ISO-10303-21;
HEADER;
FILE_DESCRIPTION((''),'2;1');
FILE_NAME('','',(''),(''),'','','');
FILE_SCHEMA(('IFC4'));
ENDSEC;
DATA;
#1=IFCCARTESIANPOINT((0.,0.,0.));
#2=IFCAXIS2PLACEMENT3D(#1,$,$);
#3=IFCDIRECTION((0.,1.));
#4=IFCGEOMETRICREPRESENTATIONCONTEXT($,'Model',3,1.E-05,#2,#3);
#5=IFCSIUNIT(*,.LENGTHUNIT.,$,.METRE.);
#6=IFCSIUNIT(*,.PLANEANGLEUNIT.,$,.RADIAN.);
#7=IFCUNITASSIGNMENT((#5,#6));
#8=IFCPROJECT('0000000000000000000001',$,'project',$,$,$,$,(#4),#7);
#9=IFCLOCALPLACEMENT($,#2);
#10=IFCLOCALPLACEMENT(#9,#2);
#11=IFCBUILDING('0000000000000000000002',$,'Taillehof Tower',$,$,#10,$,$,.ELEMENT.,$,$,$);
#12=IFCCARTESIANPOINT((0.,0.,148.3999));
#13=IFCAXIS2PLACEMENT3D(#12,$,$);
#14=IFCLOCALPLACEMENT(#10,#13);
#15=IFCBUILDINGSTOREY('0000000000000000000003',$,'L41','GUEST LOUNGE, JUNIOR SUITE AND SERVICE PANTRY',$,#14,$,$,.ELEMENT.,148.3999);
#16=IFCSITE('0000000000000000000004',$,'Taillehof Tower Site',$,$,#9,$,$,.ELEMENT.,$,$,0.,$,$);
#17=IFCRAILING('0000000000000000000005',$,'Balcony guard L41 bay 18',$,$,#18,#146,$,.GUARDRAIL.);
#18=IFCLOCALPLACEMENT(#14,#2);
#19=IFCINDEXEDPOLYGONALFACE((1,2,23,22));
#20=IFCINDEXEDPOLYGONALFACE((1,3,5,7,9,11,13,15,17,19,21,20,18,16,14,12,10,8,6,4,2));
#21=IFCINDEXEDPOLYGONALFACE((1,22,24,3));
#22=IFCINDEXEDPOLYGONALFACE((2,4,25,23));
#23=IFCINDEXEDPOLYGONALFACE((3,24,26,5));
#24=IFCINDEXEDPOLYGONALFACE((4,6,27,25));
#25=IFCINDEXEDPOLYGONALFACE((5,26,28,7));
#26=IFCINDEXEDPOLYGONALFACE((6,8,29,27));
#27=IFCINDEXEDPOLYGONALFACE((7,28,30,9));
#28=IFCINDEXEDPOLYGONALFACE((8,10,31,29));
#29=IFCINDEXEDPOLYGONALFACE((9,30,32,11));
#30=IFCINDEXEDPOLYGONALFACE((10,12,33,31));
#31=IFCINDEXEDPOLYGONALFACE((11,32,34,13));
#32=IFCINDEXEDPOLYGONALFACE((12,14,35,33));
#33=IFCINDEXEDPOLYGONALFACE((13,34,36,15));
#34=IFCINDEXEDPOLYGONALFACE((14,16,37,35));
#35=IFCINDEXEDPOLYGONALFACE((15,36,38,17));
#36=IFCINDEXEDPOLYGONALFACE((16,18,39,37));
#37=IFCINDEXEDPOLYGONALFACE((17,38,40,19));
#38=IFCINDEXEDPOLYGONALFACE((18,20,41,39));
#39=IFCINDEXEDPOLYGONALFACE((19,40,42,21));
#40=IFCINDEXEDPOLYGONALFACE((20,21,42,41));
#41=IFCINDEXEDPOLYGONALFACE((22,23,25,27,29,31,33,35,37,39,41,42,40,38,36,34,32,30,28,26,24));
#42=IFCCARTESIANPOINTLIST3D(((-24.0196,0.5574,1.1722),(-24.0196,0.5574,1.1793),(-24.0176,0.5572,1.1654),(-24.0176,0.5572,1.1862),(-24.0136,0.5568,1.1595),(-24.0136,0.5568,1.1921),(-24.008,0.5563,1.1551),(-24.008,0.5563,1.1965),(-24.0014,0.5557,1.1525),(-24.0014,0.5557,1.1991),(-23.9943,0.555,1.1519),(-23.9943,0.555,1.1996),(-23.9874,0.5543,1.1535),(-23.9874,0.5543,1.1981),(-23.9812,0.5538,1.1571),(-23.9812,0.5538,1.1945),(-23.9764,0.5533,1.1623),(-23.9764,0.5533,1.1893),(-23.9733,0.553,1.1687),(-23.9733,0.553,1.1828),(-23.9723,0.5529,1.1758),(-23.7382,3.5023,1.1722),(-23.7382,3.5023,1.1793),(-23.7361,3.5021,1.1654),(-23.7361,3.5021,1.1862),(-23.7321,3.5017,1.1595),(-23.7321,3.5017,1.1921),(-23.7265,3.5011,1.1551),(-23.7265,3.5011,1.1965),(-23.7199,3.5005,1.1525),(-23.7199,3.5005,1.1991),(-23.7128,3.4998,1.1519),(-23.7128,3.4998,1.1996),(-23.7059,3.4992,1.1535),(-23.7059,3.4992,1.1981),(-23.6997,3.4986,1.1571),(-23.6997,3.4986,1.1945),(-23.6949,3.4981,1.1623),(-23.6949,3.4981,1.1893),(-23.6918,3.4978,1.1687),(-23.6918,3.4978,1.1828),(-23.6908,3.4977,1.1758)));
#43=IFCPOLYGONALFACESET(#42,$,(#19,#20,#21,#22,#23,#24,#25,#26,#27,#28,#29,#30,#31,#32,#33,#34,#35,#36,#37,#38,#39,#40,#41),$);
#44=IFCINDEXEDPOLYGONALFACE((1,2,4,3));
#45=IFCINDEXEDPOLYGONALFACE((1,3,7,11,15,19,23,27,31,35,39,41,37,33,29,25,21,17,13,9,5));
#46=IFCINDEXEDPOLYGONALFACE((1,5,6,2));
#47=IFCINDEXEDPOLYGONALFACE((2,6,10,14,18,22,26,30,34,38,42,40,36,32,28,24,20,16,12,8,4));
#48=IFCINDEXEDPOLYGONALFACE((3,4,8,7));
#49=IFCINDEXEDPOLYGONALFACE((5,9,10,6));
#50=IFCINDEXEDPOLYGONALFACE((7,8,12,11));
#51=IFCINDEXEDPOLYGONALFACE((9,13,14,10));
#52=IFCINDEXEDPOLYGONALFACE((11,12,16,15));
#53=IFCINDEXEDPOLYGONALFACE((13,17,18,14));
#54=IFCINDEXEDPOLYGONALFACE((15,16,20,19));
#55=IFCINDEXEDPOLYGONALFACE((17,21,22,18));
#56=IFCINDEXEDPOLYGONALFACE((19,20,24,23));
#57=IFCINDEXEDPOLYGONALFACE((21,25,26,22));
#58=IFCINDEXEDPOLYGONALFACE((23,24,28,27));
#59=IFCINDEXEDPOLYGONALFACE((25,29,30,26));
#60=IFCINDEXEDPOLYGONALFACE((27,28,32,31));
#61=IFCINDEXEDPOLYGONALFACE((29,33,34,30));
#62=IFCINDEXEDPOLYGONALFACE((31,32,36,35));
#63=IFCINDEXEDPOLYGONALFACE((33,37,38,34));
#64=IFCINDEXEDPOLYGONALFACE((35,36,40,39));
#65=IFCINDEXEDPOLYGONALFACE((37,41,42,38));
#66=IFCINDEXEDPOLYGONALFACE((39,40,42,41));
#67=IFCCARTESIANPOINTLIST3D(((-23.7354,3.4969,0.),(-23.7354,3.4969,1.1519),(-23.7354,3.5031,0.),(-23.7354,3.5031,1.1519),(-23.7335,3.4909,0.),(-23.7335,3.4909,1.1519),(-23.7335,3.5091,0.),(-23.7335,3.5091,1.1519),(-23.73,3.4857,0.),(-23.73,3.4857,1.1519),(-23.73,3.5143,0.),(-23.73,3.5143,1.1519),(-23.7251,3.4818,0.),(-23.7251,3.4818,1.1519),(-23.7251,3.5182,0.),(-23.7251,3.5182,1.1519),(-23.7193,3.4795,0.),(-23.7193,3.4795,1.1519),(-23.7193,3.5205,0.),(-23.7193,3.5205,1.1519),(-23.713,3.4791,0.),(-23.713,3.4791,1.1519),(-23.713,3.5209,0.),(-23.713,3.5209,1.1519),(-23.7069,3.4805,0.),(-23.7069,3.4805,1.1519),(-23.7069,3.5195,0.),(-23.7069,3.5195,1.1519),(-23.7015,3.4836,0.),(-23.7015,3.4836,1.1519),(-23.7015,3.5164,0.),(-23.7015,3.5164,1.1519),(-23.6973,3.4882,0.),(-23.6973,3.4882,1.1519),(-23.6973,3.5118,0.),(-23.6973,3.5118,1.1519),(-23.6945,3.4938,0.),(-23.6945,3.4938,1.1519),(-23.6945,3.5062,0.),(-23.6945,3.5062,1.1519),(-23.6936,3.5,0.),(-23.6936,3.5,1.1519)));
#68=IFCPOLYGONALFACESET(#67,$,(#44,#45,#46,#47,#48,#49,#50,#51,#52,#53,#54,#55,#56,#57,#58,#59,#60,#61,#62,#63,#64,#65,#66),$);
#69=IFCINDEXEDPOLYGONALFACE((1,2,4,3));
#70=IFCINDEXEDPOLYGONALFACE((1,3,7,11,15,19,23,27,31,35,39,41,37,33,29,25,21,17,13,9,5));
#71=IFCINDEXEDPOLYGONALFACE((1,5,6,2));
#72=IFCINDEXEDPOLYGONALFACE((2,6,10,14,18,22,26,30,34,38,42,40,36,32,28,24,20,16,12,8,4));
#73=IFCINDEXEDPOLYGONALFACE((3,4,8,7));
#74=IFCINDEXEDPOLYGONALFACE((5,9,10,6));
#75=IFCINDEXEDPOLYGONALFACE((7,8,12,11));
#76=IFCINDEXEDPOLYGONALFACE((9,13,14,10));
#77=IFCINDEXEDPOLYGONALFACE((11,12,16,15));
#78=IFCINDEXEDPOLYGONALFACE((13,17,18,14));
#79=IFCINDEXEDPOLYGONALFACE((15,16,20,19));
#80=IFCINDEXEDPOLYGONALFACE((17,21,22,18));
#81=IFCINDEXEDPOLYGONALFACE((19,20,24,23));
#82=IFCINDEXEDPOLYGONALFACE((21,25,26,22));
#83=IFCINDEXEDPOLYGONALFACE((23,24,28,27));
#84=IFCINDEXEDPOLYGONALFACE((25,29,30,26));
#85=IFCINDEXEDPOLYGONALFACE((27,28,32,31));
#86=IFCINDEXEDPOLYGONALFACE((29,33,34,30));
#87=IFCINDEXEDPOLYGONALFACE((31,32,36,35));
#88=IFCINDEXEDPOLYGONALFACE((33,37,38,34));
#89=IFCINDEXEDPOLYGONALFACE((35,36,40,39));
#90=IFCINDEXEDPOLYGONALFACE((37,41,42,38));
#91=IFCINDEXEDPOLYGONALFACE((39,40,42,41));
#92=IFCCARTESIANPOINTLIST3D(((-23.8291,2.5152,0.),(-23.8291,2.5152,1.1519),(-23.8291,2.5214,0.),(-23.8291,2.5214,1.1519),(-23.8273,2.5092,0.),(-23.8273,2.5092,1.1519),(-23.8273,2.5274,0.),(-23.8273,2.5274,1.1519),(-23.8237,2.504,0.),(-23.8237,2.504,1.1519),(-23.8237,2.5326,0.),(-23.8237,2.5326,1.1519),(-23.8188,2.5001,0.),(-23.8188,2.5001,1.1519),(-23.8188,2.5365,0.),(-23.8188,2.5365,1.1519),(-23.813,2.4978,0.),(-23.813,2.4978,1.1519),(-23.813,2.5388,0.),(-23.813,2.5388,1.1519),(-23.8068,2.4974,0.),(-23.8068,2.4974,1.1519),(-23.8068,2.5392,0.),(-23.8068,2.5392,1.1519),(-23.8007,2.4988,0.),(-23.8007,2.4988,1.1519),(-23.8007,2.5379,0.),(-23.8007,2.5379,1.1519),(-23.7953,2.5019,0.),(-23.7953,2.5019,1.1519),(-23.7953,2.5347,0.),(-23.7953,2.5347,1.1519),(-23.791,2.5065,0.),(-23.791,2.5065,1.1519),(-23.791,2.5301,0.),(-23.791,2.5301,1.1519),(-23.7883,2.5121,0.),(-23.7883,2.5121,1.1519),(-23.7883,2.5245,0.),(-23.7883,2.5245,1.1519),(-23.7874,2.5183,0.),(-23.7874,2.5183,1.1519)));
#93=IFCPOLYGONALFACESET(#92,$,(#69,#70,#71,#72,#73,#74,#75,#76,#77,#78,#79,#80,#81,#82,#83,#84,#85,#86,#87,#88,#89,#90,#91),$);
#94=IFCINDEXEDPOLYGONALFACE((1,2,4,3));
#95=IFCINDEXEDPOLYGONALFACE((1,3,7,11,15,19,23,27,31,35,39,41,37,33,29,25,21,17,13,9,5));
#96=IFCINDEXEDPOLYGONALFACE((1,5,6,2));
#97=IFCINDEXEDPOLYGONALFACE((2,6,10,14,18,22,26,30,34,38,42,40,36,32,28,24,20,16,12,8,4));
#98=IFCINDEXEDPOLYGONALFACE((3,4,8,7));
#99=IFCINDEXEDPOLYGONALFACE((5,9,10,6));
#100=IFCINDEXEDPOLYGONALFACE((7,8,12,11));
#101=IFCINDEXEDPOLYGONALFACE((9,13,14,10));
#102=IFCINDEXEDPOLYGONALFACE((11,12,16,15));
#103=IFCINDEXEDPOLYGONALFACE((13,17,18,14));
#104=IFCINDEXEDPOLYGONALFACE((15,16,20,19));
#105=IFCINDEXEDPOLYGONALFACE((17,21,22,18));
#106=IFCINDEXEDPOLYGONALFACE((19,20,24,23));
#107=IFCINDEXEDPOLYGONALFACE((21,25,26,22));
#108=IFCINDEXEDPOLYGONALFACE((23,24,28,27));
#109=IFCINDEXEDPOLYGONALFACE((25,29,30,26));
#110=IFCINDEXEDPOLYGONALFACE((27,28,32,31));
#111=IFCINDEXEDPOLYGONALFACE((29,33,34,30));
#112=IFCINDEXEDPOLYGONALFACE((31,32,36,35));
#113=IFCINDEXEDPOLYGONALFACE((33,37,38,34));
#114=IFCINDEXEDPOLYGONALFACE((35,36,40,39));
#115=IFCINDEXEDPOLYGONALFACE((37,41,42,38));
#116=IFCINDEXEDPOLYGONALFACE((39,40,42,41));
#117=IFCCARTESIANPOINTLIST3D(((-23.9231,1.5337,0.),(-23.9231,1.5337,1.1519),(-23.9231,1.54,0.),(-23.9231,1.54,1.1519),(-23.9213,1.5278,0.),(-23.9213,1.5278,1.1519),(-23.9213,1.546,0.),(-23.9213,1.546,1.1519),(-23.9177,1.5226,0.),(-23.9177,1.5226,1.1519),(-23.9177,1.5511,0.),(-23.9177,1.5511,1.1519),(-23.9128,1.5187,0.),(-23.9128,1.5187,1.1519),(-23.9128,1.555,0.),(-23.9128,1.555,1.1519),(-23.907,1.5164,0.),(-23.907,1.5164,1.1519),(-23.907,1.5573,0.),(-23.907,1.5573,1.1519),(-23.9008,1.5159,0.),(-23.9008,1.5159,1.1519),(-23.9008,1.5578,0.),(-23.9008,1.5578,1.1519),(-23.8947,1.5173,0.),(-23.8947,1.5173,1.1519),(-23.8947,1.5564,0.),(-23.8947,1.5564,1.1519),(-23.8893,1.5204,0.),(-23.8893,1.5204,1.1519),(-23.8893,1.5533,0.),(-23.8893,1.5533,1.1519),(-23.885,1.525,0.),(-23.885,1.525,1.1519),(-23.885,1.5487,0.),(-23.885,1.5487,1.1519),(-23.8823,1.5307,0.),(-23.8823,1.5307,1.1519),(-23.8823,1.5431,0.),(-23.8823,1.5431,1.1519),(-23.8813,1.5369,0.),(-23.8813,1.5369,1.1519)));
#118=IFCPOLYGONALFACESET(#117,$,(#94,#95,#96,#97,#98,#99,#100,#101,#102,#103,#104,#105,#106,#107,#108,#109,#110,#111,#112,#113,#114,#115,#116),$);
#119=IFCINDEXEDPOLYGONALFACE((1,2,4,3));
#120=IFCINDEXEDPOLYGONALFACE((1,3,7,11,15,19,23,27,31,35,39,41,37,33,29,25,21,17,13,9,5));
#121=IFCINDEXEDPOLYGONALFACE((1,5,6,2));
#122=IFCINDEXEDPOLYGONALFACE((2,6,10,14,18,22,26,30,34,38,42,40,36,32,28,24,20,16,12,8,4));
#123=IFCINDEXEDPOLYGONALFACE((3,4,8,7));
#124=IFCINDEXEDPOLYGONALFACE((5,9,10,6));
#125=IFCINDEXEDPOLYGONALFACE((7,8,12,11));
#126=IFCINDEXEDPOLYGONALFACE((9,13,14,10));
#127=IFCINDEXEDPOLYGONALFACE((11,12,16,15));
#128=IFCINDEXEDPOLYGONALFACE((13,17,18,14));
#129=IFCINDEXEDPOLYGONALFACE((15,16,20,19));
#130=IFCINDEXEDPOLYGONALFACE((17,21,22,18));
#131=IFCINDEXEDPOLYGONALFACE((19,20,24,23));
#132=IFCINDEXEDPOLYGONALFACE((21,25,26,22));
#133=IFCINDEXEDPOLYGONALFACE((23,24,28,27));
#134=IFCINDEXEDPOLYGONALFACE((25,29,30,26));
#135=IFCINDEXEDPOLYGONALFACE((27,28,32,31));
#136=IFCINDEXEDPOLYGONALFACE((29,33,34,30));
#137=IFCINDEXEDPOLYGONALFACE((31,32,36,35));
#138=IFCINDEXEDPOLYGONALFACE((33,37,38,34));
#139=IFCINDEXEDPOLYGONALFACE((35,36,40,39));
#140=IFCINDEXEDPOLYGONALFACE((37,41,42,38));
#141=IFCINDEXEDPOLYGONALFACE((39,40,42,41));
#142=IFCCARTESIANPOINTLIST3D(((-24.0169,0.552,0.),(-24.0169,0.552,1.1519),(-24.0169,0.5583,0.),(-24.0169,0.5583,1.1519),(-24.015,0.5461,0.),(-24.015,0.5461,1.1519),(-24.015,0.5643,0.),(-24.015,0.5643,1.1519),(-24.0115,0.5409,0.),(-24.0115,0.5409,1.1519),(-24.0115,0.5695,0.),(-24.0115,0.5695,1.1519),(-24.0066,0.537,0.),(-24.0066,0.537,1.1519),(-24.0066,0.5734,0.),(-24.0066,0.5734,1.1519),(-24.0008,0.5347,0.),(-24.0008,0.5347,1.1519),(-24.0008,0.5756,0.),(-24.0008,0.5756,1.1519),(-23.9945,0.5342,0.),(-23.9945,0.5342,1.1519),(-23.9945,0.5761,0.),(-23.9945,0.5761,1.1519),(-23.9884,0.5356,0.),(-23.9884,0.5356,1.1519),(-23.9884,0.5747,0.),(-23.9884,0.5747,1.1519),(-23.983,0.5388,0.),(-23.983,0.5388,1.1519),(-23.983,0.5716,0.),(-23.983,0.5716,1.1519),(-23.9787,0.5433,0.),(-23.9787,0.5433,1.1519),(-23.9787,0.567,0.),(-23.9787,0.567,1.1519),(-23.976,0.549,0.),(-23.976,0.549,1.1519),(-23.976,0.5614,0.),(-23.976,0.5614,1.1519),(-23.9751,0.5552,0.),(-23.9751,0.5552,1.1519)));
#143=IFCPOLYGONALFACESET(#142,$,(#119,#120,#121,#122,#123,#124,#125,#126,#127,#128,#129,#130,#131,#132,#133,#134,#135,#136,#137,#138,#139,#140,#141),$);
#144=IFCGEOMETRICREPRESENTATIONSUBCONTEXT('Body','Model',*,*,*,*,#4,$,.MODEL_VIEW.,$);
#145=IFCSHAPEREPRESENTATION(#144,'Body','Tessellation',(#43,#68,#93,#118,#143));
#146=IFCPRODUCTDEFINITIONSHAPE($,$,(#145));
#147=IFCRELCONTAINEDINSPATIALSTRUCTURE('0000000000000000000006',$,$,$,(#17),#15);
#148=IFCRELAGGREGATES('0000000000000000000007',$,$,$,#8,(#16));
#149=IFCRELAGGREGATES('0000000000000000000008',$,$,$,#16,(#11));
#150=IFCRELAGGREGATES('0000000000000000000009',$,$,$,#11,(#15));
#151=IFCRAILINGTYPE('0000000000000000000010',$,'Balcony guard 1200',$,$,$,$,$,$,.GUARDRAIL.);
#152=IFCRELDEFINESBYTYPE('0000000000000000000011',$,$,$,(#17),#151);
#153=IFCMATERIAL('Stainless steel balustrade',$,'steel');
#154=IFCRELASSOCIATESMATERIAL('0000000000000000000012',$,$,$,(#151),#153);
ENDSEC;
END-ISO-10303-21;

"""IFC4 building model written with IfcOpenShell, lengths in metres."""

from ifc_helpers import new_model, si_unit, direction, frame, origin, origin_2d, place, context, subcontext, project, spatial, circle, extrude, material, type_object, element, save


model = new_model("IFC4")

# Units and contexts
model_context = context("Model", 3, precision=1e-05, world=origin(), true_north=direction((0.0, 1.0)))
body_context = subcontext(model_context, "Body", "Model", "MODEL_VIEW")
ifc_project = project(units=[si_unit("LENGTHUNIT", "METRE"), si_unit("PLANEANGLEUNIT", "RADIAN")], contexts=[model_context])

# Site, building, storey
site_placement = place(None, origin())
site = spatial("IfcSite", under=ifc_project, at=site_placement, Name="Taillehof Tower Site", CompositionType="ELEMENT", RefElevation=0.0)
building_placement = place(site_placement, origin())
building = spatial("IfcBuilding", under=site, at=building_placement, Name="Taillehof Tower", CompositionType="ELEMENT")
storey_placement = place(building_placement, frame((0.0, 0.0, 148.3999)))
storey = spatial("IfcBuildingStorey", under=building, at=storey_placement, Name="L41", Description="GUEST LOUNGE, JUNIOR SUITE AND SERVICE PANTRY", CompositionType="ELEMENT", Elevation=148.3999)

# Railing
ifc_material_1 = material(Name="Stainless steel balustrade", Category="steel")
railing_type = type_object("IfcRailingType", Name="Balcony guard 1200", PredefinedType="GUARDRAIL", material=ifc_material_1)
railing_placement = place(storey_placement, frame((-23.7146, 3.5, 0.0)))
element("IfcRailing", 1, at=railing_placement, inside=storey, type_object=railing_type, Name="Balcony guard L41 bay 18", PredefinedType="GUARDRAIL", context=body_context, shape_type="SweptSolid", body=[
    extrude(circle(Radius=0.0239, at=origin_2d()), frame((0.0, 0.0, 1.1758), z_axis=(-0.095156, -0.995462, 0.0), x_axis=(0.995462, -0.095156, 0.0)), (0.0, 0.0, 1.0), 2.9583),
    extrude(circle(Radius=0.021, at=origin_2d()), origin(), (0.0, 0.0, 1.0), 1.1519),
    extrude(circle(Radius=0.021, at=origin_2d()), frame((-0.0938, -0.9817, 0.0)), (0.0, 0.0, 1.0), 1.1519),
    extrude(circle(Radius=0.021, at=origin_2d()), frame((-0.1877, -1.9631, 0.0)), (0.0, 0.0, 1.0), 1.1519),
    extrude(circle(Radius=0.021, at=origin_2d()), frame((-0.2815, -2.9448, 0.0)), (0.0, 0.0, 1.0), 1.1519),
])

save(model, "model.ifc")
